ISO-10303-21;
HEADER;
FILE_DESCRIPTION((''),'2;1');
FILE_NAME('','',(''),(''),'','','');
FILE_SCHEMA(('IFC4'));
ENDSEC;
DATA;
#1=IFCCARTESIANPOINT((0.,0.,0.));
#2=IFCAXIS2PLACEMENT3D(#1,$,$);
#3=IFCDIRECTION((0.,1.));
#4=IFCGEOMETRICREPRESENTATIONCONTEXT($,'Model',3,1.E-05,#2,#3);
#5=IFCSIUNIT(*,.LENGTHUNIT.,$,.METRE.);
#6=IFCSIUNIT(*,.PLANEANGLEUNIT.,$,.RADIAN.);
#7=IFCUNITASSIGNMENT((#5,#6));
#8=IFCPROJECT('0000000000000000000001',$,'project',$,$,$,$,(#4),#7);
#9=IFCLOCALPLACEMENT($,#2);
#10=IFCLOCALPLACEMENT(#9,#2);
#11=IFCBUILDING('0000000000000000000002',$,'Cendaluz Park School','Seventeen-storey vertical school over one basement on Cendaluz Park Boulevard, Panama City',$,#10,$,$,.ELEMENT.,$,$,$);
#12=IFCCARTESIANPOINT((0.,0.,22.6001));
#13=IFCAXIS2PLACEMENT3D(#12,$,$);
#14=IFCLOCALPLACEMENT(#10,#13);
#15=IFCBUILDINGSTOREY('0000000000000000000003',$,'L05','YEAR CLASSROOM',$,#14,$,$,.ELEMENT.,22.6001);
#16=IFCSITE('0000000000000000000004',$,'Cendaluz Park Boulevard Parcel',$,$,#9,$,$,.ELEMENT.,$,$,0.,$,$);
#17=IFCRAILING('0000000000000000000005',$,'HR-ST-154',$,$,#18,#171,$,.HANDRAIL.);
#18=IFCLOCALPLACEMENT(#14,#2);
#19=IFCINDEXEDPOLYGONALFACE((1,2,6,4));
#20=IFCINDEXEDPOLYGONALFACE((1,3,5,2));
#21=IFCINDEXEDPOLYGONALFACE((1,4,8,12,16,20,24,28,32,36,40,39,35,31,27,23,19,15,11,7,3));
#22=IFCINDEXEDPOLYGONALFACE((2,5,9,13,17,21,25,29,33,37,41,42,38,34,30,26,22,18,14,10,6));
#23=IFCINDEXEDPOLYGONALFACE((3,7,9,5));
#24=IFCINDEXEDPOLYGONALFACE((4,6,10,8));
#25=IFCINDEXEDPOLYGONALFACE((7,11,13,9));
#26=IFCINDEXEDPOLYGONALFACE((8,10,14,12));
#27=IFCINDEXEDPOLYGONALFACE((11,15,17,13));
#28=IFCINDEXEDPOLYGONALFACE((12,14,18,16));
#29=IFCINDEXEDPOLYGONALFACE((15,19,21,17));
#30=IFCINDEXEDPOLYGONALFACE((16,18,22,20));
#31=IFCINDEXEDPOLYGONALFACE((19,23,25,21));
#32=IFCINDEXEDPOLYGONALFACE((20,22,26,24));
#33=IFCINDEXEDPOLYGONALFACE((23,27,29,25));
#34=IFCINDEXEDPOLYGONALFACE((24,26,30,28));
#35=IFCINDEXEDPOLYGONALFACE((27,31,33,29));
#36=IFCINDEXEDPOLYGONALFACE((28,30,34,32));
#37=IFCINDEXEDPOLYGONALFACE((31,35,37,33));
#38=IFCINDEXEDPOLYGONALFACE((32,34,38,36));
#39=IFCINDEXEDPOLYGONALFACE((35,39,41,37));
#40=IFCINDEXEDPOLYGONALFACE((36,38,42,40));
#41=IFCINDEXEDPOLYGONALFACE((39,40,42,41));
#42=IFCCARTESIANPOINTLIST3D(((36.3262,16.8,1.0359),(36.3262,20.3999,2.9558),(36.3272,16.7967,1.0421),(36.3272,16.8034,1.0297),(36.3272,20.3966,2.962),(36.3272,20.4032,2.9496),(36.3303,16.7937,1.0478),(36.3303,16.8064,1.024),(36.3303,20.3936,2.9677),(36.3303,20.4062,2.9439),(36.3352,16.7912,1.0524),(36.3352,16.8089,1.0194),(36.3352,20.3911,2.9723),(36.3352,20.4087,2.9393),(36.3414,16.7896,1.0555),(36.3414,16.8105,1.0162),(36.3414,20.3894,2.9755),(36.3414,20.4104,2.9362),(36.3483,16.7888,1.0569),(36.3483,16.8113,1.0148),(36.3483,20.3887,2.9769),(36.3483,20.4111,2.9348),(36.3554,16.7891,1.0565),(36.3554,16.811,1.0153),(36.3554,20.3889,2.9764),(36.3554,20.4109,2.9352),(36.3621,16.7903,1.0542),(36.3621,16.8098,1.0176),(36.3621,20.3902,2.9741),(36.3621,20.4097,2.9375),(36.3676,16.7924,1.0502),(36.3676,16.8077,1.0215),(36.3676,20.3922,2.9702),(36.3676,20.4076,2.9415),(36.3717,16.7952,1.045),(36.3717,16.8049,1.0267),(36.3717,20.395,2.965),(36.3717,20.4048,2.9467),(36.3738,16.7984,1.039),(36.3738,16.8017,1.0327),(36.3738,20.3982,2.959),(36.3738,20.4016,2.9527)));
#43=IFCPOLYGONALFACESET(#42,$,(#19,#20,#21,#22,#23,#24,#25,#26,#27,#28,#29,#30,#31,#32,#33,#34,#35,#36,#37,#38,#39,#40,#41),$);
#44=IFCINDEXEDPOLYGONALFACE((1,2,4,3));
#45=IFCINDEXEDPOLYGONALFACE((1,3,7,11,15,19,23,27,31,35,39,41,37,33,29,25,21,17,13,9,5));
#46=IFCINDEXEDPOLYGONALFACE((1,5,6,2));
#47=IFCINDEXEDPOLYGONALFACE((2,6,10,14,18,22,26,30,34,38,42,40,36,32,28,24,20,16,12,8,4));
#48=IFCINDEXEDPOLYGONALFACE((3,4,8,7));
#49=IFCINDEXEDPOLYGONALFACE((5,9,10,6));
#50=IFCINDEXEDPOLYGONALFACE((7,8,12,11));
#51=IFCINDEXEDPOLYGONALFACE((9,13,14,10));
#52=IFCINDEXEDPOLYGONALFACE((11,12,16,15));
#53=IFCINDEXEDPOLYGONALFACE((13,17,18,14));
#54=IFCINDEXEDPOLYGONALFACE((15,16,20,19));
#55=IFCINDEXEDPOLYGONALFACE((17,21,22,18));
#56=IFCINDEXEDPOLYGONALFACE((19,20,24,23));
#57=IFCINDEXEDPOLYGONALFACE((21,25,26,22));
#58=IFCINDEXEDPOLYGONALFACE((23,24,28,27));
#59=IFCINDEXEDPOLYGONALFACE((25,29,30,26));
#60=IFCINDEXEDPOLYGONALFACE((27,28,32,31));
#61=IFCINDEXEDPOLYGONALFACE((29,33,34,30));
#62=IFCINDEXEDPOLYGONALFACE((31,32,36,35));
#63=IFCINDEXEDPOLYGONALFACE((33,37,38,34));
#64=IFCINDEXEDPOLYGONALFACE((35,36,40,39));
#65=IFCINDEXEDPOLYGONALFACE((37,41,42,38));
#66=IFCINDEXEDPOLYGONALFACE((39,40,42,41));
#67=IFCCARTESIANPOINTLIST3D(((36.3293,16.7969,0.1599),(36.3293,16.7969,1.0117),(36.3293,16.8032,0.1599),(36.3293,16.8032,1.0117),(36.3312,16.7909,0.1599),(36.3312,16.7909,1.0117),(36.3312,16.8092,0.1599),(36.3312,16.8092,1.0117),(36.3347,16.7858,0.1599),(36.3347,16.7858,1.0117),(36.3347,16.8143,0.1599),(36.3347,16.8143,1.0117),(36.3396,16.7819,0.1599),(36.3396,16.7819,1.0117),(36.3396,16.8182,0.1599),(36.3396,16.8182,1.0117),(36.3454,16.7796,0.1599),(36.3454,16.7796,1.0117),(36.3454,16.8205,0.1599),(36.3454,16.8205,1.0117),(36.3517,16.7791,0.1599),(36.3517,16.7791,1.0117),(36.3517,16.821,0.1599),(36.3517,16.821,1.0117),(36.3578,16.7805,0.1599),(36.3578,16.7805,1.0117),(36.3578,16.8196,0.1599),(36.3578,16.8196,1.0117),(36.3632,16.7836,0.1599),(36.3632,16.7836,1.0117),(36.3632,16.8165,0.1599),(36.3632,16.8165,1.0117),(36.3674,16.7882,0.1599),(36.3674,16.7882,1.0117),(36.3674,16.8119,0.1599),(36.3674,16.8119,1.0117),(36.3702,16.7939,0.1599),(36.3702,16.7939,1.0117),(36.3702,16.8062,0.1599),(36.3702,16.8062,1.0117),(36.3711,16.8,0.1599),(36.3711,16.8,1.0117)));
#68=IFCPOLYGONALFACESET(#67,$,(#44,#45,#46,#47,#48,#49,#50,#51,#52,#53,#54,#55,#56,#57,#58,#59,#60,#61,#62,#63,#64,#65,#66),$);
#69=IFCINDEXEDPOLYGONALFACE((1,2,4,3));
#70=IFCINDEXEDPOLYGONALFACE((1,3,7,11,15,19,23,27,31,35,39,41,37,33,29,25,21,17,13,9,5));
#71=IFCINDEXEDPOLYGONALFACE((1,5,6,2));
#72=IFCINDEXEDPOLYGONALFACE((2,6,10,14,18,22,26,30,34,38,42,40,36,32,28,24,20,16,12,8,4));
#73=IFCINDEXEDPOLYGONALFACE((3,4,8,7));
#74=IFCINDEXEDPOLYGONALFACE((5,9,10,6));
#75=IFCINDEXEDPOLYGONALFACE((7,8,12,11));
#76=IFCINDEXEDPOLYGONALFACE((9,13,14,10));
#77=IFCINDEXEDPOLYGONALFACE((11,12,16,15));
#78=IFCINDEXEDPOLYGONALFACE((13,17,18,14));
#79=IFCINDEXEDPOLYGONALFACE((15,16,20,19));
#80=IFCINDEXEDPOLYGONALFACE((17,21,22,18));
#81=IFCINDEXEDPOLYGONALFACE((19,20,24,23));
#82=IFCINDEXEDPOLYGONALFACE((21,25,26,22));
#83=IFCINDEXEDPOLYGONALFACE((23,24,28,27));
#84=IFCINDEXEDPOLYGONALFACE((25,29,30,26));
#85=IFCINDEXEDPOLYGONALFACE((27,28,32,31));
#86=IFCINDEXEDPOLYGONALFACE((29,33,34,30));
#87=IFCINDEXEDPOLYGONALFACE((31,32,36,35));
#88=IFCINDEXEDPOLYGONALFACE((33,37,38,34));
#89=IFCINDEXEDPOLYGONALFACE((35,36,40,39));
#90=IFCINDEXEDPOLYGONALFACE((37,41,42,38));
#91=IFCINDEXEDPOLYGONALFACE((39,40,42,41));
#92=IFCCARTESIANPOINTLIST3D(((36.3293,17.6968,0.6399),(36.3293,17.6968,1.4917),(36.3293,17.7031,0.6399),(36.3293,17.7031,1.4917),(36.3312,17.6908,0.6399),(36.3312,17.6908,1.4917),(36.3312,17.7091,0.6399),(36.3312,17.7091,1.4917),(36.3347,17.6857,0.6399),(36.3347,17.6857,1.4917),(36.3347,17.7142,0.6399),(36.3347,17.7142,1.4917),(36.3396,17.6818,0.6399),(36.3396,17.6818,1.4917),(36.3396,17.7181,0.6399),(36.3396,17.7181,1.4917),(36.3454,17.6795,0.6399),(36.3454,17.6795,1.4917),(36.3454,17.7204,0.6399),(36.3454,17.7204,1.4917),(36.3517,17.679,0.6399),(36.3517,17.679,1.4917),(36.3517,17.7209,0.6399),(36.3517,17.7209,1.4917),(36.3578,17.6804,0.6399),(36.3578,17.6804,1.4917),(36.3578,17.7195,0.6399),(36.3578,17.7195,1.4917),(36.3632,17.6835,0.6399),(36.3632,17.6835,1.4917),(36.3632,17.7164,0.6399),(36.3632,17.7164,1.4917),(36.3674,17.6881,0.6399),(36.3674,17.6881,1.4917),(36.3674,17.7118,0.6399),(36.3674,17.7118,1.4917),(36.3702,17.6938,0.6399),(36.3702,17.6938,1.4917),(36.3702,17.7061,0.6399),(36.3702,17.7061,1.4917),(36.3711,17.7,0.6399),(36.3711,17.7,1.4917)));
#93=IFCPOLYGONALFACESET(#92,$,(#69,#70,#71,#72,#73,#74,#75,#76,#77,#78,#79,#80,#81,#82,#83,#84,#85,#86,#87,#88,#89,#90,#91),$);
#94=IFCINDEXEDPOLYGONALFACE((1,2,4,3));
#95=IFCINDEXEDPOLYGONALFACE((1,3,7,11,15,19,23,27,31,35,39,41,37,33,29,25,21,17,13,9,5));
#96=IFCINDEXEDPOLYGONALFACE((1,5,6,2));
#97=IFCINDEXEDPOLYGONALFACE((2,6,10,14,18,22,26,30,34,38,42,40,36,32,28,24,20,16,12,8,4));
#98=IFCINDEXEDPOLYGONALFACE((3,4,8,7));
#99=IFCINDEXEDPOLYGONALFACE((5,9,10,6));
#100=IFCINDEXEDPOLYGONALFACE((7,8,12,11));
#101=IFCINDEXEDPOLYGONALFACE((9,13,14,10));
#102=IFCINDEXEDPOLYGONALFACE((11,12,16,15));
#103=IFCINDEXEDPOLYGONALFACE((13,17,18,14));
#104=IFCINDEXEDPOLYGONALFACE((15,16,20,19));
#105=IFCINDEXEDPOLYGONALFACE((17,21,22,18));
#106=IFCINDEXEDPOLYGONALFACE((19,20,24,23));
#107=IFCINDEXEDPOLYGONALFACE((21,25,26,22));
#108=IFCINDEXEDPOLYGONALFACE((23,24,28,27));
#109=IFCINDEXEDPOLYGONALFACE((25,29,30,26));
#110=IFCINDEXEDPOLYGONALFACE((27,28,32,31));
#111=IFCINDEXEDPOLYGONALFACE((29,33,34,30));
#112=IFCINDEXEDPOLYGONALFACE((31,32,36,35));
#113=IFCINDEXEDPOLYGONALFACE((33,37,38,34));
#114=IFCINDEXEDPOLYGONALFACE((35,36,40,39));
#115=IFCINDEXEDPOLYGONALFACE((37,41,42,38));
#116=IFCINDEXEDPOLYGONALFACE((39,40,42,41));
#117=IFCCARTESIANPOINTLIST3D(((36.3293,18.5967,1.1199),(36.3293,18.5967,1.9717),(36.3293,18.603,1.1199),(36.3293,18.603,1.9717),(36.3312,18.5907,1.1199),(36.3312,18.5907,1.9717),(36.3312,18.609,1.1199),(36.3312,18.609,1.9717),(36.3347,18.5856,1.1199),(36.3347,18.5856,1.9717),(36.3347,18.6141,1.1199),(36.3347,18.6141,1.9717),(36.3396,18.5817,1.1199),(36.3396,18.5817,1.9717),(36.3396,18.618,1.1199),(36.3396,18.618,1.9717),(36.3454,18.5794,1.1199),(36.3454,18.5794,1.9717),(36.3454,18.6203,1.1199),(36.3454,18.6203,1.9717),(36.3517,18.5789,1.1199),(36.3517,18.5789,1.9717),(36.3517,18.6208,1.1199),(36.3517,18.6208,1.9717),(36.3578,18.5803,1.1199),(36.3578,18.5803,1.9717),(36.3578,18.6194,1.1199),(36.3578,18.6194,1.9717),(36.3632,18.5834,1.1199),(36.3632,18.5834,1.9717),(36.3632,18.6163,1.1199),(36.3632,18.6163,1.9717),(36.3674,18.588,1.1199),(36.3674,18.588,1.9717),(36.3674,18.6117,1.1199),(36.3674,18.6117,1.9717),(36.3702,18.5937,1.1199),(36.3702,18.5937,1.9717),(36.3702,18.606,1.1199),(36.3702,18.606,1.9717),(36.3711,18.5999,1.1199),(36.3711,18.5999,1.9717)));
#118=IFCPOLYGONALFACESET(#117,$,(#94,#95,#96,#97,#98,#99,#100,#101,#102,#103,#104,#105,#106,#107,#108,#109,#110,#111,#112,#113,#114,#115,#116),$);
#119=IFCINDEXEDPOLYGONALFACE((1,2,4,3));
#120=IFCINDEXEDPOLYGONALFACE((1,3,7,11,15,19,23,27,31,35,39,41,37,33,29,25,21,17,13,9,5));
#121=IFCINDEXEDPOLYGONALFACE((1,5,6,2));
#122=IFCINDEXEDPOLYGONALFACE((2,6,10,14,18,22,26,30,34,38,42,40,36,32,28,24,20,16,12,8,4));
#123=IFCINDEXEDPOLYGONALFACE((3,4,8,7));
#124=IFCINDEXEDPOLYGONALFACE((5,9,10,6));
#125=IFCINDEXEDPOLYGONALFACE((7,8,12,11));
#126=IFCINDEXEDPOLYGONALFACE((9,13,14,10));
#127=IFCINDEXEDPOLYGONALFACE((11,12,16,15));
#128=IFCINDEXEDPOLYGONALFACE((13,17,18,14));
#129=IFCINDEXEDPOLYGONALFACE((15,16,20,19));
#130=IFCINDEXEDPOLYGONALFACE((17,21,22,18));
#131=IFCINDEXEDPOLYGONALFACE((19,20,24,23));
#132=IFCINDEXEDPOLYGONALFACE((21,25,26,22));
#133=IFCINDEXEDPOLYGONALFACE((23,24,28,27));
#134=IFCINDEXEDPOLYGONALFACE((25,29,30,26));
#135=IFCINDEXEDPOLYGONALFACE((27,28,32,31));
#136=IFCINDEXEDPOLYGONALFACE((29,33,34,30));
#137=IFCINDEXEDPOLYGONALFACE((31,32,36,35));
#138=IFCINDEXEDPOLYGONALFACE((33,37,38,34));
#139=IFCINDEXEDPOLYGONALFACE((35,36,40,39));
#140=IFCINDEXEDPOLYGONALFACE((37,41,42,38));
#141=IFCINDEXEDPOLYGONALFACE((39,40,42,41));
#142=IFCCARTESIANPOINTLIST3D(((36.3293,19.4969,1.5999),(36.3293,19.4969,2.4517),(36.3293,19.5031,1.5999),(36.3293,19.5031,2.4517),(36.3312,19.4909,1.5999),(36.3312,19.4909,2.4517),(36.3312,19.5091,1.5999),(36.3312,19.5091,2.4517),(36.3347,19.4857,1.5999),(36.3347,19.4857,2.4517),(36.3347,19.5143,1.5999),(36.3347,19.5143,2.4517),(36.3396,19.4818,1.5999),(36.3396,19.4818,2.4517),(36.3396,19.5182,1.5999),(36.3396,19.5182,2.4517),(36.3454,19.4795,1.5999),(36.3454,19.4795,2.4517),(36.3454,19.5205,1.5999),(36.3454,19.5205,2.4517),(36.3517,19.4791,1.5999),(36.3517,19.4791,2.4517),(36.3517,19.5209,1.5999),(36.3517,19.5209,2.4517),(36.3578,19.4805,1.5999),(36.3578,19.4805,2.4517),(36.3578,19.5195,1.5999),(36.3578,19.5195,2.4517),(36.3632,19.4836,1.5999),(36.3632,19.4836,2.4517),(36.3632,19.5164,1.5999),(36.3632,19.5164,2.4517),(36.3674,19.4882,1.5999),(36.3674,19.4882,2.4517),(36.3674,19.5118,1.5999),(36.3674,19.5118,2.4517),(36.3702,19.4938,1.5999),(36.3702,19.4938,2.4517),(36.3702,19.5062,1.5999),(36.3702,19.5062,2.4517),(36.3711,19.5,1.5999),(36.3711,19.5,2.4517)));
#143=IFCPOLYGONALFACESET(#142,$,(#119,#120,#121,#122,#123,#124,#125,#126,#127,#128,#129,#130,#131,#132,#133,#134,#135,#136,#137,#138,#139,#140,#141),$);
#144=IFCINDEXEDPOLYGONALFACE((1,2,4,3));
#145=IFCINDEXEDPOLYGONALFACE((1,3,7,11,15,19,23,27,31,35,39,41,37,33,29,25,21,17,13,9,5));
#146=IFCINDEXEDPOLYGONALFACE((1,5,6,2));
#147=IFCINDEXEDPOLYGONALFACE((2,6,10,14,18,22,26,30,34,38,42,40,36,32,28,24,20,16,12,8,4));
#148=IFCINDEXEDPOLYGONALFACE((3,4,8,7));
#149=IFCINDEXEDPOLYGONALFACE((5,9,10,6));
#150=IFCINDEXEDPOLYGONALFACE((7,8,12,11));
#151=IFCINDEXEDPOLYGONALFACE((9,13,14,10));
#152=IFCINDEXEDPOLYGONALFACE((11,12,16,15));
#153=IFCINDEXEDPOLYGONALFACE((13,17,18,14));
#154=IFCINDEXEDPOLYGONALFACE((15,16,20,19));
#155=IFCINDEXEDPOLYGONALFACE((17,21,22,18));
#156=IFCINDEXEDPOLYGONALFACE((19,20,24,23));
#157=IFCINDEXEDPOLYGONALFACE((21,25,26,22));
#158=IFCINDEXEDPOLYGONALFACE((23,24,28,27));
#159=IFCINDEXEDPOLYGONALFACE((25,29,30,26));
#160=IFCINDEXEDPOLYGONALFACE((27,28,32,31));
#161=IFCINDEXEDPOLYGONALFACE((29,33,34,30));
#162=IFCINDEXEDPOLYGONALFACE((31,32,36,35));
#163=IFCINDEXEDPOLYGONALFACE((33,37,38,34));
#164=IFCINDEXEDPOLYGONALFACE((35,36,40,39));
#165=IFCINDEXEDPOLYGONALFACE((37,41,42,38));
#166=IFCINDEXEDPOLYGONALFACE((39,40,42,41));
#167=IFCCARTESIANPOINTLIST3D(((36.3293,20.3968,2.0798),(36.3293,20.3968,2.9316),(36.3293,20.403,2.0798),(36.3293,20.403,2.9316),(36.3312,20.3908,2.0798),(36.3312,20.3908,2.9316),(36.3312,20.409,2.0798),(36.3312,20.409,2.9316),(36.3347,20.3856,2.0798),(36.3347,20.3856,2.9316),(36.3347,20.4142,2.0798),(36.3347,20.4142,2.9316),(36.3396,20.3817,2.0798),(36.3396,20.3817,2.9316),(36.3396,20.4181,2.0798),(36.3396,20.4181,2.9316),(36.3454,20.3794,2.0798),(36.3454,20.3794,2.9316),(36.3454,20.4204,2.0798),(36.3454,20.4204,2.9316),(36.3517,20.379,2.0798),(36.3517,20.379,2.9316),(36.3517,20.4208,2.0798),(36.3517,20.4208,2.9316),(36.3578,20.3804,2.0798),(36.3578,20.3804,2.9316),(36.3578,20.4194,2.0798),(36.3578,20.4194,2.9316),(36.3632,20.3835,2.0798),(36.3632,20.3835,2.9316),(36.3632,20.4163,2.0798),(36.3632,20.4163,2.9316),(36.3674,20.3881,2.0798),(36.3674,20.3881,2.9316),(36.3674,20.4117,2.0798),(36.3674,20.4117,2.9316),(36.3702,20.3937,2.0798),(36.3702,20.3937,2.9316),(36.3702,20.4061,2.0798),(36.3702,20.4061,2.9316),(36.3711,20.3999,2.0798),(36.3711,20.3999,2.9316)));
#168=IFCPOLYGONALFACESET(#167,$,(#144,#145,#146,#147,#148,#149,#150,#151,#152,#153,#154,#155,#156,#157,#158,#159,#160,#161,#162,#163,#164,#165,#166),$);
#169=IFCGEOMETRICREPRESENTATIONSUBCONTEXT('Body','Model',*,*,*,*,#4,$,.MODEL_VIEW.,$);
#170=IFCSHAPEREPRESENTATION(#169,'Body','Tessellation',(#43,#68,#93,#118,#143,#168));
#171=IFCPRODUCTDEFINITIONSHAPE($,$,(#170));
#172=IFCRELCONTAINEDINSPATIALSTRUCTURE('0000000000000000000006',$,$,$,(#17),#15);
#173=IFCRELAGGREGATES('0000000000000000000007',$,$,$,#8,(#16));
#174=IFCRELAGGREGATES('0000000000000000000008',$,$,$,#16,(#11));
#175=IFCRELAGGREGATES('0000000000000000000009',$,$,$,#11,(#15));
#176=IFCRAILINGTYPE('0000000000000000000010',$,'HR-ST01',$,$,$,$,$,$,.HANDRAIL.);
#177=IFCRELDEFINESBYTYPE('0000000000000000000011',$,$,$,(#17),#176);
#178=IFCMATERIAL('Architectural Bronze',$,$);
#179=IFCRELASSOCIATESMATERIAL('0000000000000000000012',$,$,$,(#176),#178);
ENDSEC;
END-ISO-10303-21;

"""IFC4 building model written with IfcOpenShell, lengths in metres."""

from ifc_helpers import new_model, si_unit, direction, frame, origin, origin_2d, place, context, subcontext, project, spatial, circle, extrude, material, type_object, element, save


model = new_model("IFC4")

# Units and contexts
model_context = context("Model", 3, precision=1e-05, world=origin(), true_north=direction((0.0, 1.0)))
body_context = subcontext(model_context, "Body", "Model", "MODEL_VIEW")
ifc_project = project(units=[si_unit("LENGTHUNIT", "METRE"), si_unit("PLANEANGLEUNIT", "RADIAN")], contexts=[model_context])

# Site, building, storey
site_placement = place(None, origin())
site = spatial("IfcSite", under=ifc_project, at=site_placement, Name="Cendaluz Park Boulevard Parcel", CompositionType="ELEMENT", RefElevation=0.0)
building_placement = place(site_placement, origin())
building = spatial("IfcBuilding", under=site, at=building_placement, Name="Cendaluz Park School", Description="Seventeen-storey vertical school over one basement on Cendaluz Park Boulevard, Panama City", CompositionType="ELEMENT")
storey_placement = place(building_placement, frame((0.0, 0.0, 22.6001)))
storey = spatial("IfcBuildingStorey", under=building, at=storey_placement, Name="L05", Description="YEAR CLASSROOM", CompositionType="ELEMENT", Elevation=22.6001)

# Railing
ifc_material_1 = material(Name="Architectural Bronze")
railing_type_1 = type_object("IfcRailingType", Name="HR-ST01", PredefinedType="HANDRAIL", material=ifc_material_1)
railing_1_placement = place(storey_placement, frame((36.3501, 16.8, 0.1599)))
element("IfcRailing", 1, at=railing_1_placement, inside=storey, type_object=railing_type_1, Name="HR-ST-154", PredefinedType="HANDRAIL", context=body_context, shape_type="SweptSolid", body=[
    extrude(circle(Radius=0.0239, at=origin_2d()), frame((0.0, 0.0, 0.876), z_axis=(0.0, 0.882353, 0.470588), x_axis=(-1.0, 0.0, 0.0)), (0.0, 0.0, 1.0), 4.0798),
    extrude(circle(Radius=0.021, at=origin_2d()), origin(), (0.0, 0.0, 1.0), 0.8518),
    extrude(circle(Radius=0.021, at=origin_2d()), frame((0.0, 0.8999, 0.48)), (0.0, 0.0, 1.0), 0.8518),
    extrude(circle(Radius=0.021, at=origin_2d()), frame((0.0, 1.7998, 0.96)), (0.0, 0.0, 1.0), 0.8518),
    extrude(circle(Radius=0.021, at=origin_2d()), frame((0.0, 2.7, 1.4399)), (0.0, 0.0, 1.0), 0.8518),
    extrude(circle(Radius=0.021, at=origin_2d()), frame((0.0, 3.5999, 1.9199)), (0.0, 0.0, 1.0), 0.8518),
])

save(model, "model.ifc")
